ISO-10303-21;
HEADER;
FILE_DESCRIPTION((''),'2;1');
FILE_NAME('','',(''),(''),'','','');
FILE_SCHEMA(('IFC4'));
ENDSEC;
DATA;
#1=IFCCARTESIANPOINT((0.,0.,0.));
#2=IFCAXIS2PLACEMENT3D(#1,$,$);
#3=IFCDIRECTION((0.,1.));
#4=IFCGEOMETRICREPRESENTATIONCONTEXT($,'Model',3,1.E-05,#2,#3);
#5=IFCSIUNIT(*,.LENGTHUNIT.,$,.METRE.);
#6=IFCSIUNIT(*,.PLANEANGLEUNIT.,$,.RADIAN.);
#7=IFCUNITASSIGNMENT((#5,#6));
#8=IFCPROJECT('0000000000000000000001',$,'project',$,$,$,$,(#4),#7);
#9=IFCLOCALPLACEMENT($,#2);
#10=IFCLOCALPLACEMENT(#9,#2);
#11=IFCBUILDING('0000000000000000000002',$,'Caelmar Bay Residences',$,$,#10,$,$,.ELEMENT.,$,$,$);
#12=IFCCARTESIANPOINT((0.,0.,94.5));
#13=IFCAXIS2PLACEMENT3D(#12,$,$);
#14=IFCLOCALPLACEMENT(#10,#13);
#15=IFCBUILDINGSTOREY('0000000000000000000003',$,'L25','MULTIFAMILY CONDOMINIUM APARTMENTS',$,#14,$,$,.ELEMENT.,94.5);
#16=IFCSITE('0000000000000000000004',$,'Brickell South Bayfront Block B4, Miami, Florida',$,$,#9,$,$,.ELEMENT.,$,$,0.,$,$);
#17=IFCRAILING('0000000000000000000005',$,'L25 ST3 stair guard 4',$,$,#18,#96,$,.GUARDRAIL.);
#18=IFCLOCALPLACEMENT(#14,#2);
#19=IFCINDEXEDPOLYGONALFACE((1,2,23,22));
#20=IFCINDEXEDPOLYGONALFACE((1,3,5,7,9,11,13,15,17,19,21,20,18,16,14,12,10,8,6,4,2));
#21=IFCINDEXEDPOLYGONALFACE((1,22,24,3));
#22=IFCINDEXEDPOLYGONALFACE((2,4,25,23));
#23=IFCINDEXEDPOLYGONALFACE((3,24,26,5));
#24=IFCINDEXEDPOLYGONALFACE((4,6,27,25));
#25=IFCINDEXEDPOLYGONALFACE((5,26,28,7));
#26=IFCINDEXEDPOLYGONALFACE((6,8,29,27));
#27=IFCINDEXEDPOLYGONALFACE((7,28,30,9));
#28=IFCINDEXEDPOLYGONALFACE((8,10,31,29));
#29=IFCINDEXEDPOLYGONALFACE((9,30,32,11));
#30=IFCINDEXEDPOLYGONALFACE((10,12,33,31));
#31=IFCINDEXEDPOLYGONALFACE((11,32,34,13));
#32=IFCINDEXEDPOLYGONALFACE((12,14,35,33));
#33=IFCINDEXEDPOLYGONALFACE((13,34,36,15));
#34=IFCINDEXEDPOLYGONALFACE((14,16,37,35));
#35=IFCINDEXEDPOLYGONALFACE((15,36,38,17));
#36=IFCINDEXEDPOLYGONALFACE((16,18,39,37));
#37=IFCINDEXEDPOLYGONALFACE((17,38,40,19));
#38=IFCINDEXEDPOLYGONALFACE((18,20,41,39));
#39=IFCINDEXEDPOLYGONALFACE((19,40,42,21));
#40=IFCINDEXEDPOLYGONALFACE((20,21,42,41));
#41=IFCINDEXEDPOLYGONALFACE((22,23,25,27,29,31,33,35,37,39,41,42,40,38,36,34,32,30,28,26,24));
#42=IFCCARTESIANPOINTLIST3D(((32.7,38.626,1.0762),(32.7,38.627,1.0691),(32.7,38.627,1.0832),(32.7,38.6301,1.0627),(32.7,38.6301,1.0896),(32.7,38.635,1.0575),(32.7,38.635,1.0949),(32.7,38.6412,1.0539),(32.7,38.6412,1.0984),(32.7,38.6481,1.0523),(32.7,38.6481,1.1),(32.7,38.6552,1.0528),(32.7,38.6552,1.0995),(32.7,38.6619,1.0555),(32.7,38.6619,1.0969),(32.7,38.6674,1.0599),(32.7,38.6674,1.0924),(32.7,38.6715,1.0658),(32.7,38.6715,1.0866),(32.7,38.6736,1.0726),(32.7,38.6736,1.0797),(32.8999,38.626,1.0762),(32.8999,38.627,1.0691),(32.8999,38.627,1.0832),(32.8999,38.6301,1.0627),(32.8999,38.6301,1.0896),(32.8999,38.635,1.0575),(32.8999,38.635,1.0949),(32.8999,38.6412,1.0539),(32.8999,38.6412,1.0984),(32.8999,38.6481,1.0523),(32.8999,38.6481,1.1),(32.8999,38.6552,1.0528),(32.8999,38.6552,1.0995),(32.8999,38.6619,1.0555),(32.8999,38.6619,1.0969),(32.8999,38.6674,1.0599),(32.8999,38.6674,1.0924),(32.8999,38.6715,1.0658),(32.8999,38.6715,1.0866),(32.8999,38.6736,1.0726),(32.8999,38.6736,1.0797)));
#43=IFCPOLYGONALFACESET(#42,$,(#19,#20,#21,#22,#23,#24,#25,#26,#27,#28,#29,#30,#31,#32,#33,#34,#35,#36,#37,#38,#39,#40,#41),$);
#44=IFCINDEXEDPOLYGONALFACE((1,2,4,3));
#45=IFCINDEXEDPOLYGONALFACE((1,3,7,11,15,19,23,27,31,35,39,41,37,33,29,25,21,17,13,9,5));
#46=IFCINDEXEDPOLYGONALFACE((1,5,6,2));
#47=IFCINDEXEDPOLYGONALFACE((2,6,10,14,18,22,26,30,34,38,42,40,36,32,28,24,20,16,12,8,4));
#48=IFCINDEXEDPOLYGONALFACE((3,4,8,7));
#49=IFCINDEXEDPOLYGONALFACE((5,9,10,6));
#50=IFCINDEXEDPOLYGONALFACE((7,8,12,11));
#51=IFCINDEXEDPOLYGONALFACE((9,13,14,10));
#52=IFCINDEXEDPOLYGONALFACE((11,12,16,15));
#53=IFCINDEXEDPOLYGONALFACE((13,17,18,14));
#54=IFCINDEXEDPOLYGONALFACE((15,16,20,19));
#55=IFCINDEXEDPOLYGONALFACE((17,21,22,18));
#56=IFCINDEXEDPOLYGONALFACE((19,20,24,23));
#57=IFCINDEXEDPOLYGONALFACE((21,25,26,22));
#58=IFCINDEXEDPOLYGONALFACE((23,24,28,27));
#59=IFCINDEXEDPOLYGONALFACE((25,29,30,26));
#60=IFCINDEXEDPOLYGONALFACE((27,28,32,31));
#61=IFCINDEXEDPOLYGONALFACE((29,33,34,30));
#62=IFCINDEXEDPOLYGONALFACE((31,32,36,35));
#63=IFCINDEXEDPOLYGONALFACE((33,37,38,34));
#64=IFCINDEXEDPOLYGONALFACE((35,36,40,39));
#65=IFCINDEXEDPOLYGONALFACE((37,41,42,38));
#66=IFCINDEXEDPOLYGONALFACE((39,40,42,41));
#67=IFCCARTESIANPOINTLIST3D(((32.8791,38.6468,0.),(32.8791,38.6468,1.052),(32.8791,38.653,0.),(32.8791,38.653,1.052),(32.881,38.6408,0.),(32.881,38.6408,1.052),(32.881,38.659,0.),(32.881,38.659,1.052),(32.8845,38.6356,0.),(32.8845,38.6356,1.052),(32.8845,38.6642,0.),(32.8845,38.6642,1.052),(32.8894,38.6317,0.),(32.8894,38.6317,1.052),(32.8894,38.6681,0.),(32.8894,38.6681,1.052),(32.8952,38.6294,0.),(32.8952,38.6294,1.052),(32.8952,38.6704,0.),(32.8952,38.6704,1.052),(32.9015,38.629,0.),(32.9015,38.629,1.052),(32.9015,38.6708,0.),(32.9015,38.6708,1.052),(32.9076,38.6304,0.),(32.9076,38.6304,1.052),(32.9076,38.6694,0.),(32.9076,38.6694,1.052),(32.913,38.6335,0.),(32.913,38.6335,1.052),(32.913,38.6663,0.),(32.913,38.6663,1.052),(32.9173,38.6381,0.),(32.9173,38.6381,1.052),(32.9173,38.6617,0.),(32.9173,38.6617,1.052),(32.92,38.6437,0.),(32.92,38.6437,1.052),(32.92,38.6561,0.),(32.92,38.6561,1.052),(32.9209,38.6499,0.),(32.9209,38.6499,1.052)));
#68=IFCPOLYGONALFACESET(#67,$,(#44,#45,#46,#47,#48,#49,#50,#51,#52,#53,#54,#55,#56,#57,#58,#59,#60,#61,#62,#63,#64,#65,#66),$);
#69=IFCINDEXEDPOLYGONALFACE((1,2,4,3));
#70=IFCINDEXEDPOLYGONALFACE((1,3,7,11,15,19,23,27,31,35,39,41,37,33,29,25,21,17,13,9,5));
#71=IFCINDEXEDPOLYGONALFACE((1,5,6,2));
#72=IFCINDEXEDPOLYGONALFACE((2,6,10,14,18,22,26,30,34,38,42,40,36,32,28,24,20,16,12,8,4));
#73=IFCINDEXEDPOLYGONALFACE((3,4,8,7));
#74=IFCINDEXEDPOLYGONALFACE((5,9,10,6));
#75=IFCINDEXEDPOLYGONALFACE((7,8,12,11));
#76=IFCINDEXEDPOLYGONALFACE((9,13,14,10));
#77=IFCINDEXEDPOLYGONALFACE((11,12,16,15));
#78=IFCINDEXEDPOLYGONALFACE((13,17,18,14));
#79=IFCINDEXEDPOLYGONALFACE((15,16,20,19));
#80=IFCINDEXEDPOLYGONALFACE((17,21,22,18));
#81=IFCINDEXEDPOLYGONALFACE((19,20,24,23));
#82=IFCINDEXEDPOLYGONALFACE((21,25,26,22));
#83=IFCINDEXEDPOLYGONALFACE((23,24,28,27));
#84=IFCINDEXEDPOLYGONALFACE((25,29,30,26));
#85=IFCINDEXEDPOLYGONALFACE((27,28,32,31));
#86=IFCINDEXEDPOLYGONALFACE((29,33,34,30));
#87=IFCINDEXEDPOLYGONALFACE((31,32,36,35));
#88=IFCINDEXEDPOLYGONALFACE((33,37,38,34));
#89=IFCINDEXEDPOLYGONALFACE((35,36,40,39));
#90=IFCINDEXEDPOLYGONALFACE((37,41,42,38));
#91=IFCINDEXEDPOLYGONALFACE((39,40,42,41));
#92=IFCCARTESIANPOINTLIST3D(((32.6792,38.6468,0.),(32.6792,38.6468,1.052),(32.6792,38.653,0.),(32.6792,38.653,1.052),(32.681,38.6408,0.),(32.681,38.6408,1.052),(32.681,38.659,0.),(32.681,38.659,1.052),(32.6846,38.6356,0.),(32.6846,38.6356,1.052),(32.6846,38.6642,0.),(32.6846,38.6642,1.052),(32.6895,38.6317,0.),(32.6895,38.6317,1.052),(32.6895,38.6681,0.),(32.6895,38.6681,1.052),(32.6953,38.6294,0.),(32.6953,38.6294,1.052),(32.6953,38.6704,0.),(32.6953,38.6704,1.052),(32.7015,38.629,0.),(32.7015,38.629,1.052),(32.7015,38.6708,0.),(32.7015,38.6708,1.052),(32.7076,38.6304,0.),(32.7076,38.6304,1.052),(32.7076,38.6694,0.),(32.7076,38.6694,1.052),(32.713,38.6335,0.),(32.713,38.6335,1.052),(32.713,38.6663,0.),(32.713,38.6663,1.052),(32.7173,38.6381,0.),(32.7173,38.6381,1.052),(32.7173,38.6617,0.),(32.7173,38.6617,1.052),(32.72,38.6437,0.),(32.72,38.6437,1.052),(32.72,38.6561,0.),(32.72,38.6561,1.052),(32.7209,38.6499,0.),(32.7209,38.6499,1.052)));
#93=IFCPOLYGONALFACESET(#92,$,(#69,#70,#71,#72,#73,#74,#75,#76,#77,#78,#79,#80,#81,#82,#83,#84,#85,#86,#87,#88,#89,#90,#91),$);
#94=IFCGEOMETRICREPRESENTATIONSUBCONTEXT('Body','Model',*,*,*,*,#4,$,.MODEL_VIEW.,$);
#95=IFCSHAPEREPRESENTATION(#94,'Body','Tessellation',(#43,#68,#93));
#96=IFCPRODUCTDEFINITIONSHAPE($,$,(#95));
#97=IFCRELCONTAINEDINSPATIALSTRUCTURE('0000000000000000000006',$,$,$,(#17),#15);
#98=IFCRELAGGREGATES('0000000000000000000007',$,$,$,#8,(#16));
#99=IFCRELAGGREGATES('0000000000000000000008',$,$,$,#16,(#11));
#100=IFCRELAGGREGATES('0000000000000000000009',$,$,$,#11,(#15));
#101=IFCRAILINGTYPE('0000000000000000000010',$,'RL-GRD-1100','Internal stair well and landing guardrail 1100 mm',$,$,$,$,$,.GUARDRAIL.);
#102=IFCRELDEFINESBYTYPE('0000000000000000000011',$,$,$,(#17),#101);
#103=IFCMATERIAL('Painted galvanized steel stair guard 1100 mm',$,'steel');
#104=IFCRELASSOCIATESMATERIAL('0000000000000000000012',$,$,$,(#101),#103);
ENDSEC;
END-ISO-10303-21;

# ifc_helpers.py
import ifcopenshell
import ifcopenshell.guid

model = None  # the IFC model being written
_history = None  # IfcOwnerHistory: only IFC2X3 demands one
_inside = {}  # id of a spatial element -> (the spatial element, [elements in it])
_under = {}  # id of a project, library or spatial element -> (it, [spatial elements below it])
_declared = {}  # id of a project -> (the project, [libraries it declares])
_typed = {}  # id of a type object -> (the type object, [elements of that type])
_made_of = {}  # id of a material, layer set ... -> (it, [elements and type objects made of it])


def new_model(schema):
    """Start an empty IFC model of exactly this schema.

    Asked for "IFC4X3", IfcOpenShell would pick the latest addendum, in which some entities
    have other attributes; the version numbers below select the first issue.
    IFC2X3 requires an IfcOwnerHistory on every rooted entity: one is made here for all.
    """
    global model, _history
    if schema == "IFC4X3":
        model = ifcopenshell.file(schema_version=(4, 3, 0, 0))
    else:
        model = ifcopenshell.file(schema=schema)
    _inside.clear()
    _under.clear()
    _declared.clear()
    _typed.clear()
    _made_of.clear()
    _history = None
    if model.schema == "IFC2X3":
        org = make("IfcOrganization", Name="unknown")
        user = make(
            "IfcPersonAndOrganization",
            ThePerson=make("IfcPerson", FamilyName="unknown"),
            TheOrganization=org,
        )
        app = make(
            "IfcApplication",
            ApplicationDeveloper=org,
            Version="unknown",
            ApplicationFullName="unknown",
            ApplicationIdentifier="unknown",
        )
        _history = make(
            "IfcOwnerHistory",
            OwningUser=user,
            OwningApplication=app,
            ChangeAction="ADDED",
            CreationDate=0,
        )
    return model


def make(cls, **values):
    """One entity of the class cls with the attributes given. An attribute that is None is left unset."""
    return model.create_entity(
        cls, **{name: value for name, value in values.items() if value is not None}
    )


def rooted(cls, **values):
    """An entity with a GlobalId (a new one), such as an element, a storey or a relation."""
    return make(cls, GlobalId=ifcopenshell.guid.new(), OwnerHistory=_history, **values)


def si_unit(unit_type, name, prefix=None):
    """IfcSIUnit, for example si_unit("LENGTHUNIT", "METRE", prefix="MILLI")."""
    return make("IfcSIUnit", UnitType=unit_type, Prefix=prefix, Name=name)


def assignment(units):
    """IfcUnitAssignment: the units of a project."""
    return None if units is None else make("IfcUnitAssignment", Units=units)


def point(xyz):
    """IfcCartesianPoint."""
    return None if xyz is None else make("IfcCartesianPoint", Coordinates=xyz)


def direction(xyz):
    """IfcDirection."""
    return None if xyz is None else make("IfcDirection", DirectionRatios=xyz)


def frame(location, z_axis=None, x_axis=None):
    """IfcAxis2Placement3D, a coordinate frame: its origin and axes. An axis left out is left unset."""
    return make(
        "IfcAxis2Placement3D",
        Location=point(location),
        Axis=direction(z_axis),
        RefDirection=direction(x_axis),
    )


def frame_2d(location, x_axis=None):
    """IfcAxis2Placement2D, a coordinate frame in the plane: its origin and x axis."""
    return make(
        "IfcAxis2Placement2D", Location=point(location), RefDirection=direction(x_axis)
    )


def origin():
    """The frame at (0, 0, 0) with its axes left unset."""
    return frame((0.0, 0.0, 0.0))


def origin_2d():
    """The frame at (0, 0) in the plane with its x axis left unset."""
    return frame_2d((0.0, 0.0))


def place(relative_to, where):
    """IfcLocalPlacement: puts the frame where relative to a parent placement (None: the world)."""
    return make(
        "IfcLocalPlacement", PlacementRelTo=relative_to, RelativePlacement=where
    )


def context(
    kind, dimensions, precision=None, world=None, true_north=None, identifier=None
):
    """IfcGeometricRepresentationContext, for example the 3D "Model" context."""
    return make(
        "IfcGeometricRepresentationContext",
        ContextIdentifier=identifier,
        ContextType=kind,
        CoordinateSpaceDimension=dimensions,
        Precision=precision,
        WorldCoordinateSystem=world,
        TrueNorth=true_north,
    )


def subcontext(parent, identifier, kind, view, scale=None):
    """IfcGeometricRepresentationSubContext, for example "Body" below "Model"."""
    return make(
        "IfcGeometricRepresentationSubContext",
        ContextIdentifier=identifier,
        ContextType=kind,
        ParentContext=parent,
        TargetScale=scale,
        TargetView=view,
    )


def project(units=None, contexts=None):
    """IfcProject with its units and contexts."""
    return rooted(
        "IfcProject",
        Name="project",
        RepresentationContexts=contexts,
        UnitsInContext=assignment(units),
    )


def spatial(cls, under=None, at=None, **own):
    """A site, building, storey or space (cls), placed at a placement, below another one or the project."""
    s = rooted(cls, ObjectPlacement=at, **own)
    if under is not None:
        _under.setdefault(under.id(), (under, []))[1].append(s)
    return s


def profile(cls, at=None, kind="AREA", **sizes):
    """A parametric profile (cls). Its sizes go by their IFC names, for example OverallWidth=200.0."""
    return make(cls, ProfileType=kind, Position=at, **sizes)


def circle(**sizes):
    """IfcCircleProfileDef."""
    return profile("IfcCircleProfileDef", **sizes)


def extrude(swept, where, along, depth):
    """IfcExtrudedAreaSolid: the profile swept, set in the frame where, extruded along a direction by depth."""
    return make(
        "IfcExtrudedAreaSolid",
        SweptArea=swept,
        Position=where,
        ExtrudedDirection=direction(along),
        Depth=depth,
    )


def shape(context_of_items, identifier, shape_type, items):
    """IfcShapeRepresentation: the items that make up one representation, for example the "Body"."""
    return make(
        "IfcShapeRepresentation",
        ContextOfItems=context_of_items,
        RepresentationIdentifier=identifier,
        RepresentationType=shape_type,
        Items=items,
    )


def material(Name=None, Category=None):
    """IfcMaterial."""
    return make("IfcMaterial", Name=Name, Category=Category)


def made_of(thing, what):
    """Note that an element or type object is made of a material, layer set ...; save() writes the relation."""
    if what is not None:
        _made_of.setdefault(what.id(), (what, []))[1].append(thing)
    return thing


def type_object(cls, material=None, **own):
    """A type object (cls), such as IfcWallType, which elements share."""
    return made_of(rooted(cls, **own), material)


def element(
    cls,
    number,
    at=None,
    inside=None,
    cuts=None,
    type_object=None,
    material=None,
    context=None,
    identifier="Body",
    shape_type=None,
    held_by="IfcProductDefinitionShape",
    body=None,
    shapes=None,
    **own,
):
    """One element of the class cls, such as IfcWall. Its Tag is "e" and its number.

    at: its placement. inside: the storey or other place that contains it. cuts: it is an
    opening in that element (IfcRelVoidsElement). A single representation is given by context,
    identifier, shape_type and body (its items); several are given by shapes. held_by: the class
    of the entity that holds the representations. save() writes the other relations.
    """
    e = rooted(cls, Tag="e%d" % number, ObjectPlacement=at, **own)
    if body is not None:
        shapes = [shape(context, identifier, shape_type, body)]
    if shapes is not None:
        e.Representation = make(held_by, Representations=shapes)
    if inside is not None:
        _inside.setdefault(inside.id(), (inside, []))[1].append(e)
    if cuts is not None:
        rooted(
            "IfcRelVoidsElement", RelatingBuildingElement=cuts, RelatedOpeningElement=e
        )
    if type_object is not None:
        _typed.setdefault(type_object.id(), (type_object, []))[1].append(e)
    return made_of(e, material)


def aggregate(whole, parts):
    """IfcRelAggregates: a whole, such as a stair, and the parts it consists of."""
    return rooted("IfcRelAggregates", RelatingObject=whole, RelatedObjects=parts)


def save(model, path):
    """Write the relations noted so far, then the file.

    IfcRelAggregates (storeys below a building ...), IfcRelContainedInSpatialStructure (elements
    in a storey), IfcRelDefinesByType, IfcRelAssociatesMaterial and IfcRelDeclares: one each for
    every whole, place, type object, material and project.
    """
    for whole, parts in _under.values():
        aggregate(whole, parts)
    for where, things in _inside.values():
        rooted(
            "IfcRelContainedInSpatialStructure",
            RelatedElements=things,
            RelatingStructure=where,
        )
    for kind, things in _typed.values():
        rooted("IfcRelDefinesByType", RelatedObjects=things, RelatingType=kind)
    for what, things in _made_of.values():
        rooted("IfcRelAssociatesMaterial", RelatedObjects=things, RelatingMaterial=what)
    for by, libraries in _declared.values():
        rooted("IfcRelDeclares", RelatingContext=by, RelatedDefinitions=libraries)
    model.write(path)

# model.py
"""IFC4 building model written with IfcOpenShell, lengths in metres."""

from ifc_helpers import new_model, si_unit, direction, frame, origin, origin_2d, place, context, subcontext, project, spatial, circle, extrude, material, type_object, element, save


model = new_model("IFC4")

# Units and contexts
model_context = context("Model", 3, precision=1e-05, world=origin(), true_north=direction((0.0, 1.0)))
body_context = subcontext(model_context, "Body", "Model", "MODEL_VIEW")
ifc_project = project(units=[si_unit("LENGTHUNIT", "METRE"), si_unit("PLANEANGLEUNIT", "RADIAN")], contexts=[model_context])

# Site, building, storey
site_placement = place(None, origin())
site = spatial("IfcSite", under=ifc_project, at=site_placement, Name="Brickell South Bayfront Block B4, Miami, Florida", CompositionType="ELEMENT", RefElevation=0.0)
building_placement = place(site_placement, origin())
building = spatial("IfcBuilding", under=site, at=building_placement, Name="Caelmar Bay Residences", CompositionType="ELEMENT")
storey_placement = place(building_placement, frame((0.0, 0.0, 94.5)))
storey = spatial("IfcBuildingStorey", under=building, at=storey_placement, Name="L25", Description="MULTIFAMILY CONDOMINIUM APARTMENTS", CompositionType="ELEMENT", Elevation=94.5)

# Railing
ifc_material_1 = material(Name="Painted galvanized steel stair guard 1100 mm", Category="steel")
railing_type_1 = type_object("IfcRailingType", Name="RL-GRD-1100", Description="Internal stair well and landing guardrail 1100 mm", PredefinedType="GUARDRAIL", material=ifc_material_1)
railing_1_placement = place(storey_placement, frame((32.8999, 38.6499, 0.0)))
element("IfcRailing", 1, at=railing_1_placement, inside=storey, type_object=railing_type_1, Name="L25 ST3 stair guard 4", PredefinedType="GUARDRAIL", context=body_context, shape_type="SweptSolid", body=[
    extrude(circle(Radius=0.0239, at=origin_2d()), frame((0.0, 0.0, 1.0762), z_axis=(-1.0, 0.0, 0.0), x_axis=(0.0, -1.0, 0.0)), (0.0, 0.0, 1.0), 0.2),
    extrude(circle(Radius=0.021, at=origin_2d()), origin(), (0.0, 0.0, 1.0), 1.052),
    extrude(circle(Radius=0.021, at=origin_2d()), frame((-0.2, 0.0, 0.0)), (0.0, 0.0, 1.0), 1.052),
])

save(model, "model.ifc")
